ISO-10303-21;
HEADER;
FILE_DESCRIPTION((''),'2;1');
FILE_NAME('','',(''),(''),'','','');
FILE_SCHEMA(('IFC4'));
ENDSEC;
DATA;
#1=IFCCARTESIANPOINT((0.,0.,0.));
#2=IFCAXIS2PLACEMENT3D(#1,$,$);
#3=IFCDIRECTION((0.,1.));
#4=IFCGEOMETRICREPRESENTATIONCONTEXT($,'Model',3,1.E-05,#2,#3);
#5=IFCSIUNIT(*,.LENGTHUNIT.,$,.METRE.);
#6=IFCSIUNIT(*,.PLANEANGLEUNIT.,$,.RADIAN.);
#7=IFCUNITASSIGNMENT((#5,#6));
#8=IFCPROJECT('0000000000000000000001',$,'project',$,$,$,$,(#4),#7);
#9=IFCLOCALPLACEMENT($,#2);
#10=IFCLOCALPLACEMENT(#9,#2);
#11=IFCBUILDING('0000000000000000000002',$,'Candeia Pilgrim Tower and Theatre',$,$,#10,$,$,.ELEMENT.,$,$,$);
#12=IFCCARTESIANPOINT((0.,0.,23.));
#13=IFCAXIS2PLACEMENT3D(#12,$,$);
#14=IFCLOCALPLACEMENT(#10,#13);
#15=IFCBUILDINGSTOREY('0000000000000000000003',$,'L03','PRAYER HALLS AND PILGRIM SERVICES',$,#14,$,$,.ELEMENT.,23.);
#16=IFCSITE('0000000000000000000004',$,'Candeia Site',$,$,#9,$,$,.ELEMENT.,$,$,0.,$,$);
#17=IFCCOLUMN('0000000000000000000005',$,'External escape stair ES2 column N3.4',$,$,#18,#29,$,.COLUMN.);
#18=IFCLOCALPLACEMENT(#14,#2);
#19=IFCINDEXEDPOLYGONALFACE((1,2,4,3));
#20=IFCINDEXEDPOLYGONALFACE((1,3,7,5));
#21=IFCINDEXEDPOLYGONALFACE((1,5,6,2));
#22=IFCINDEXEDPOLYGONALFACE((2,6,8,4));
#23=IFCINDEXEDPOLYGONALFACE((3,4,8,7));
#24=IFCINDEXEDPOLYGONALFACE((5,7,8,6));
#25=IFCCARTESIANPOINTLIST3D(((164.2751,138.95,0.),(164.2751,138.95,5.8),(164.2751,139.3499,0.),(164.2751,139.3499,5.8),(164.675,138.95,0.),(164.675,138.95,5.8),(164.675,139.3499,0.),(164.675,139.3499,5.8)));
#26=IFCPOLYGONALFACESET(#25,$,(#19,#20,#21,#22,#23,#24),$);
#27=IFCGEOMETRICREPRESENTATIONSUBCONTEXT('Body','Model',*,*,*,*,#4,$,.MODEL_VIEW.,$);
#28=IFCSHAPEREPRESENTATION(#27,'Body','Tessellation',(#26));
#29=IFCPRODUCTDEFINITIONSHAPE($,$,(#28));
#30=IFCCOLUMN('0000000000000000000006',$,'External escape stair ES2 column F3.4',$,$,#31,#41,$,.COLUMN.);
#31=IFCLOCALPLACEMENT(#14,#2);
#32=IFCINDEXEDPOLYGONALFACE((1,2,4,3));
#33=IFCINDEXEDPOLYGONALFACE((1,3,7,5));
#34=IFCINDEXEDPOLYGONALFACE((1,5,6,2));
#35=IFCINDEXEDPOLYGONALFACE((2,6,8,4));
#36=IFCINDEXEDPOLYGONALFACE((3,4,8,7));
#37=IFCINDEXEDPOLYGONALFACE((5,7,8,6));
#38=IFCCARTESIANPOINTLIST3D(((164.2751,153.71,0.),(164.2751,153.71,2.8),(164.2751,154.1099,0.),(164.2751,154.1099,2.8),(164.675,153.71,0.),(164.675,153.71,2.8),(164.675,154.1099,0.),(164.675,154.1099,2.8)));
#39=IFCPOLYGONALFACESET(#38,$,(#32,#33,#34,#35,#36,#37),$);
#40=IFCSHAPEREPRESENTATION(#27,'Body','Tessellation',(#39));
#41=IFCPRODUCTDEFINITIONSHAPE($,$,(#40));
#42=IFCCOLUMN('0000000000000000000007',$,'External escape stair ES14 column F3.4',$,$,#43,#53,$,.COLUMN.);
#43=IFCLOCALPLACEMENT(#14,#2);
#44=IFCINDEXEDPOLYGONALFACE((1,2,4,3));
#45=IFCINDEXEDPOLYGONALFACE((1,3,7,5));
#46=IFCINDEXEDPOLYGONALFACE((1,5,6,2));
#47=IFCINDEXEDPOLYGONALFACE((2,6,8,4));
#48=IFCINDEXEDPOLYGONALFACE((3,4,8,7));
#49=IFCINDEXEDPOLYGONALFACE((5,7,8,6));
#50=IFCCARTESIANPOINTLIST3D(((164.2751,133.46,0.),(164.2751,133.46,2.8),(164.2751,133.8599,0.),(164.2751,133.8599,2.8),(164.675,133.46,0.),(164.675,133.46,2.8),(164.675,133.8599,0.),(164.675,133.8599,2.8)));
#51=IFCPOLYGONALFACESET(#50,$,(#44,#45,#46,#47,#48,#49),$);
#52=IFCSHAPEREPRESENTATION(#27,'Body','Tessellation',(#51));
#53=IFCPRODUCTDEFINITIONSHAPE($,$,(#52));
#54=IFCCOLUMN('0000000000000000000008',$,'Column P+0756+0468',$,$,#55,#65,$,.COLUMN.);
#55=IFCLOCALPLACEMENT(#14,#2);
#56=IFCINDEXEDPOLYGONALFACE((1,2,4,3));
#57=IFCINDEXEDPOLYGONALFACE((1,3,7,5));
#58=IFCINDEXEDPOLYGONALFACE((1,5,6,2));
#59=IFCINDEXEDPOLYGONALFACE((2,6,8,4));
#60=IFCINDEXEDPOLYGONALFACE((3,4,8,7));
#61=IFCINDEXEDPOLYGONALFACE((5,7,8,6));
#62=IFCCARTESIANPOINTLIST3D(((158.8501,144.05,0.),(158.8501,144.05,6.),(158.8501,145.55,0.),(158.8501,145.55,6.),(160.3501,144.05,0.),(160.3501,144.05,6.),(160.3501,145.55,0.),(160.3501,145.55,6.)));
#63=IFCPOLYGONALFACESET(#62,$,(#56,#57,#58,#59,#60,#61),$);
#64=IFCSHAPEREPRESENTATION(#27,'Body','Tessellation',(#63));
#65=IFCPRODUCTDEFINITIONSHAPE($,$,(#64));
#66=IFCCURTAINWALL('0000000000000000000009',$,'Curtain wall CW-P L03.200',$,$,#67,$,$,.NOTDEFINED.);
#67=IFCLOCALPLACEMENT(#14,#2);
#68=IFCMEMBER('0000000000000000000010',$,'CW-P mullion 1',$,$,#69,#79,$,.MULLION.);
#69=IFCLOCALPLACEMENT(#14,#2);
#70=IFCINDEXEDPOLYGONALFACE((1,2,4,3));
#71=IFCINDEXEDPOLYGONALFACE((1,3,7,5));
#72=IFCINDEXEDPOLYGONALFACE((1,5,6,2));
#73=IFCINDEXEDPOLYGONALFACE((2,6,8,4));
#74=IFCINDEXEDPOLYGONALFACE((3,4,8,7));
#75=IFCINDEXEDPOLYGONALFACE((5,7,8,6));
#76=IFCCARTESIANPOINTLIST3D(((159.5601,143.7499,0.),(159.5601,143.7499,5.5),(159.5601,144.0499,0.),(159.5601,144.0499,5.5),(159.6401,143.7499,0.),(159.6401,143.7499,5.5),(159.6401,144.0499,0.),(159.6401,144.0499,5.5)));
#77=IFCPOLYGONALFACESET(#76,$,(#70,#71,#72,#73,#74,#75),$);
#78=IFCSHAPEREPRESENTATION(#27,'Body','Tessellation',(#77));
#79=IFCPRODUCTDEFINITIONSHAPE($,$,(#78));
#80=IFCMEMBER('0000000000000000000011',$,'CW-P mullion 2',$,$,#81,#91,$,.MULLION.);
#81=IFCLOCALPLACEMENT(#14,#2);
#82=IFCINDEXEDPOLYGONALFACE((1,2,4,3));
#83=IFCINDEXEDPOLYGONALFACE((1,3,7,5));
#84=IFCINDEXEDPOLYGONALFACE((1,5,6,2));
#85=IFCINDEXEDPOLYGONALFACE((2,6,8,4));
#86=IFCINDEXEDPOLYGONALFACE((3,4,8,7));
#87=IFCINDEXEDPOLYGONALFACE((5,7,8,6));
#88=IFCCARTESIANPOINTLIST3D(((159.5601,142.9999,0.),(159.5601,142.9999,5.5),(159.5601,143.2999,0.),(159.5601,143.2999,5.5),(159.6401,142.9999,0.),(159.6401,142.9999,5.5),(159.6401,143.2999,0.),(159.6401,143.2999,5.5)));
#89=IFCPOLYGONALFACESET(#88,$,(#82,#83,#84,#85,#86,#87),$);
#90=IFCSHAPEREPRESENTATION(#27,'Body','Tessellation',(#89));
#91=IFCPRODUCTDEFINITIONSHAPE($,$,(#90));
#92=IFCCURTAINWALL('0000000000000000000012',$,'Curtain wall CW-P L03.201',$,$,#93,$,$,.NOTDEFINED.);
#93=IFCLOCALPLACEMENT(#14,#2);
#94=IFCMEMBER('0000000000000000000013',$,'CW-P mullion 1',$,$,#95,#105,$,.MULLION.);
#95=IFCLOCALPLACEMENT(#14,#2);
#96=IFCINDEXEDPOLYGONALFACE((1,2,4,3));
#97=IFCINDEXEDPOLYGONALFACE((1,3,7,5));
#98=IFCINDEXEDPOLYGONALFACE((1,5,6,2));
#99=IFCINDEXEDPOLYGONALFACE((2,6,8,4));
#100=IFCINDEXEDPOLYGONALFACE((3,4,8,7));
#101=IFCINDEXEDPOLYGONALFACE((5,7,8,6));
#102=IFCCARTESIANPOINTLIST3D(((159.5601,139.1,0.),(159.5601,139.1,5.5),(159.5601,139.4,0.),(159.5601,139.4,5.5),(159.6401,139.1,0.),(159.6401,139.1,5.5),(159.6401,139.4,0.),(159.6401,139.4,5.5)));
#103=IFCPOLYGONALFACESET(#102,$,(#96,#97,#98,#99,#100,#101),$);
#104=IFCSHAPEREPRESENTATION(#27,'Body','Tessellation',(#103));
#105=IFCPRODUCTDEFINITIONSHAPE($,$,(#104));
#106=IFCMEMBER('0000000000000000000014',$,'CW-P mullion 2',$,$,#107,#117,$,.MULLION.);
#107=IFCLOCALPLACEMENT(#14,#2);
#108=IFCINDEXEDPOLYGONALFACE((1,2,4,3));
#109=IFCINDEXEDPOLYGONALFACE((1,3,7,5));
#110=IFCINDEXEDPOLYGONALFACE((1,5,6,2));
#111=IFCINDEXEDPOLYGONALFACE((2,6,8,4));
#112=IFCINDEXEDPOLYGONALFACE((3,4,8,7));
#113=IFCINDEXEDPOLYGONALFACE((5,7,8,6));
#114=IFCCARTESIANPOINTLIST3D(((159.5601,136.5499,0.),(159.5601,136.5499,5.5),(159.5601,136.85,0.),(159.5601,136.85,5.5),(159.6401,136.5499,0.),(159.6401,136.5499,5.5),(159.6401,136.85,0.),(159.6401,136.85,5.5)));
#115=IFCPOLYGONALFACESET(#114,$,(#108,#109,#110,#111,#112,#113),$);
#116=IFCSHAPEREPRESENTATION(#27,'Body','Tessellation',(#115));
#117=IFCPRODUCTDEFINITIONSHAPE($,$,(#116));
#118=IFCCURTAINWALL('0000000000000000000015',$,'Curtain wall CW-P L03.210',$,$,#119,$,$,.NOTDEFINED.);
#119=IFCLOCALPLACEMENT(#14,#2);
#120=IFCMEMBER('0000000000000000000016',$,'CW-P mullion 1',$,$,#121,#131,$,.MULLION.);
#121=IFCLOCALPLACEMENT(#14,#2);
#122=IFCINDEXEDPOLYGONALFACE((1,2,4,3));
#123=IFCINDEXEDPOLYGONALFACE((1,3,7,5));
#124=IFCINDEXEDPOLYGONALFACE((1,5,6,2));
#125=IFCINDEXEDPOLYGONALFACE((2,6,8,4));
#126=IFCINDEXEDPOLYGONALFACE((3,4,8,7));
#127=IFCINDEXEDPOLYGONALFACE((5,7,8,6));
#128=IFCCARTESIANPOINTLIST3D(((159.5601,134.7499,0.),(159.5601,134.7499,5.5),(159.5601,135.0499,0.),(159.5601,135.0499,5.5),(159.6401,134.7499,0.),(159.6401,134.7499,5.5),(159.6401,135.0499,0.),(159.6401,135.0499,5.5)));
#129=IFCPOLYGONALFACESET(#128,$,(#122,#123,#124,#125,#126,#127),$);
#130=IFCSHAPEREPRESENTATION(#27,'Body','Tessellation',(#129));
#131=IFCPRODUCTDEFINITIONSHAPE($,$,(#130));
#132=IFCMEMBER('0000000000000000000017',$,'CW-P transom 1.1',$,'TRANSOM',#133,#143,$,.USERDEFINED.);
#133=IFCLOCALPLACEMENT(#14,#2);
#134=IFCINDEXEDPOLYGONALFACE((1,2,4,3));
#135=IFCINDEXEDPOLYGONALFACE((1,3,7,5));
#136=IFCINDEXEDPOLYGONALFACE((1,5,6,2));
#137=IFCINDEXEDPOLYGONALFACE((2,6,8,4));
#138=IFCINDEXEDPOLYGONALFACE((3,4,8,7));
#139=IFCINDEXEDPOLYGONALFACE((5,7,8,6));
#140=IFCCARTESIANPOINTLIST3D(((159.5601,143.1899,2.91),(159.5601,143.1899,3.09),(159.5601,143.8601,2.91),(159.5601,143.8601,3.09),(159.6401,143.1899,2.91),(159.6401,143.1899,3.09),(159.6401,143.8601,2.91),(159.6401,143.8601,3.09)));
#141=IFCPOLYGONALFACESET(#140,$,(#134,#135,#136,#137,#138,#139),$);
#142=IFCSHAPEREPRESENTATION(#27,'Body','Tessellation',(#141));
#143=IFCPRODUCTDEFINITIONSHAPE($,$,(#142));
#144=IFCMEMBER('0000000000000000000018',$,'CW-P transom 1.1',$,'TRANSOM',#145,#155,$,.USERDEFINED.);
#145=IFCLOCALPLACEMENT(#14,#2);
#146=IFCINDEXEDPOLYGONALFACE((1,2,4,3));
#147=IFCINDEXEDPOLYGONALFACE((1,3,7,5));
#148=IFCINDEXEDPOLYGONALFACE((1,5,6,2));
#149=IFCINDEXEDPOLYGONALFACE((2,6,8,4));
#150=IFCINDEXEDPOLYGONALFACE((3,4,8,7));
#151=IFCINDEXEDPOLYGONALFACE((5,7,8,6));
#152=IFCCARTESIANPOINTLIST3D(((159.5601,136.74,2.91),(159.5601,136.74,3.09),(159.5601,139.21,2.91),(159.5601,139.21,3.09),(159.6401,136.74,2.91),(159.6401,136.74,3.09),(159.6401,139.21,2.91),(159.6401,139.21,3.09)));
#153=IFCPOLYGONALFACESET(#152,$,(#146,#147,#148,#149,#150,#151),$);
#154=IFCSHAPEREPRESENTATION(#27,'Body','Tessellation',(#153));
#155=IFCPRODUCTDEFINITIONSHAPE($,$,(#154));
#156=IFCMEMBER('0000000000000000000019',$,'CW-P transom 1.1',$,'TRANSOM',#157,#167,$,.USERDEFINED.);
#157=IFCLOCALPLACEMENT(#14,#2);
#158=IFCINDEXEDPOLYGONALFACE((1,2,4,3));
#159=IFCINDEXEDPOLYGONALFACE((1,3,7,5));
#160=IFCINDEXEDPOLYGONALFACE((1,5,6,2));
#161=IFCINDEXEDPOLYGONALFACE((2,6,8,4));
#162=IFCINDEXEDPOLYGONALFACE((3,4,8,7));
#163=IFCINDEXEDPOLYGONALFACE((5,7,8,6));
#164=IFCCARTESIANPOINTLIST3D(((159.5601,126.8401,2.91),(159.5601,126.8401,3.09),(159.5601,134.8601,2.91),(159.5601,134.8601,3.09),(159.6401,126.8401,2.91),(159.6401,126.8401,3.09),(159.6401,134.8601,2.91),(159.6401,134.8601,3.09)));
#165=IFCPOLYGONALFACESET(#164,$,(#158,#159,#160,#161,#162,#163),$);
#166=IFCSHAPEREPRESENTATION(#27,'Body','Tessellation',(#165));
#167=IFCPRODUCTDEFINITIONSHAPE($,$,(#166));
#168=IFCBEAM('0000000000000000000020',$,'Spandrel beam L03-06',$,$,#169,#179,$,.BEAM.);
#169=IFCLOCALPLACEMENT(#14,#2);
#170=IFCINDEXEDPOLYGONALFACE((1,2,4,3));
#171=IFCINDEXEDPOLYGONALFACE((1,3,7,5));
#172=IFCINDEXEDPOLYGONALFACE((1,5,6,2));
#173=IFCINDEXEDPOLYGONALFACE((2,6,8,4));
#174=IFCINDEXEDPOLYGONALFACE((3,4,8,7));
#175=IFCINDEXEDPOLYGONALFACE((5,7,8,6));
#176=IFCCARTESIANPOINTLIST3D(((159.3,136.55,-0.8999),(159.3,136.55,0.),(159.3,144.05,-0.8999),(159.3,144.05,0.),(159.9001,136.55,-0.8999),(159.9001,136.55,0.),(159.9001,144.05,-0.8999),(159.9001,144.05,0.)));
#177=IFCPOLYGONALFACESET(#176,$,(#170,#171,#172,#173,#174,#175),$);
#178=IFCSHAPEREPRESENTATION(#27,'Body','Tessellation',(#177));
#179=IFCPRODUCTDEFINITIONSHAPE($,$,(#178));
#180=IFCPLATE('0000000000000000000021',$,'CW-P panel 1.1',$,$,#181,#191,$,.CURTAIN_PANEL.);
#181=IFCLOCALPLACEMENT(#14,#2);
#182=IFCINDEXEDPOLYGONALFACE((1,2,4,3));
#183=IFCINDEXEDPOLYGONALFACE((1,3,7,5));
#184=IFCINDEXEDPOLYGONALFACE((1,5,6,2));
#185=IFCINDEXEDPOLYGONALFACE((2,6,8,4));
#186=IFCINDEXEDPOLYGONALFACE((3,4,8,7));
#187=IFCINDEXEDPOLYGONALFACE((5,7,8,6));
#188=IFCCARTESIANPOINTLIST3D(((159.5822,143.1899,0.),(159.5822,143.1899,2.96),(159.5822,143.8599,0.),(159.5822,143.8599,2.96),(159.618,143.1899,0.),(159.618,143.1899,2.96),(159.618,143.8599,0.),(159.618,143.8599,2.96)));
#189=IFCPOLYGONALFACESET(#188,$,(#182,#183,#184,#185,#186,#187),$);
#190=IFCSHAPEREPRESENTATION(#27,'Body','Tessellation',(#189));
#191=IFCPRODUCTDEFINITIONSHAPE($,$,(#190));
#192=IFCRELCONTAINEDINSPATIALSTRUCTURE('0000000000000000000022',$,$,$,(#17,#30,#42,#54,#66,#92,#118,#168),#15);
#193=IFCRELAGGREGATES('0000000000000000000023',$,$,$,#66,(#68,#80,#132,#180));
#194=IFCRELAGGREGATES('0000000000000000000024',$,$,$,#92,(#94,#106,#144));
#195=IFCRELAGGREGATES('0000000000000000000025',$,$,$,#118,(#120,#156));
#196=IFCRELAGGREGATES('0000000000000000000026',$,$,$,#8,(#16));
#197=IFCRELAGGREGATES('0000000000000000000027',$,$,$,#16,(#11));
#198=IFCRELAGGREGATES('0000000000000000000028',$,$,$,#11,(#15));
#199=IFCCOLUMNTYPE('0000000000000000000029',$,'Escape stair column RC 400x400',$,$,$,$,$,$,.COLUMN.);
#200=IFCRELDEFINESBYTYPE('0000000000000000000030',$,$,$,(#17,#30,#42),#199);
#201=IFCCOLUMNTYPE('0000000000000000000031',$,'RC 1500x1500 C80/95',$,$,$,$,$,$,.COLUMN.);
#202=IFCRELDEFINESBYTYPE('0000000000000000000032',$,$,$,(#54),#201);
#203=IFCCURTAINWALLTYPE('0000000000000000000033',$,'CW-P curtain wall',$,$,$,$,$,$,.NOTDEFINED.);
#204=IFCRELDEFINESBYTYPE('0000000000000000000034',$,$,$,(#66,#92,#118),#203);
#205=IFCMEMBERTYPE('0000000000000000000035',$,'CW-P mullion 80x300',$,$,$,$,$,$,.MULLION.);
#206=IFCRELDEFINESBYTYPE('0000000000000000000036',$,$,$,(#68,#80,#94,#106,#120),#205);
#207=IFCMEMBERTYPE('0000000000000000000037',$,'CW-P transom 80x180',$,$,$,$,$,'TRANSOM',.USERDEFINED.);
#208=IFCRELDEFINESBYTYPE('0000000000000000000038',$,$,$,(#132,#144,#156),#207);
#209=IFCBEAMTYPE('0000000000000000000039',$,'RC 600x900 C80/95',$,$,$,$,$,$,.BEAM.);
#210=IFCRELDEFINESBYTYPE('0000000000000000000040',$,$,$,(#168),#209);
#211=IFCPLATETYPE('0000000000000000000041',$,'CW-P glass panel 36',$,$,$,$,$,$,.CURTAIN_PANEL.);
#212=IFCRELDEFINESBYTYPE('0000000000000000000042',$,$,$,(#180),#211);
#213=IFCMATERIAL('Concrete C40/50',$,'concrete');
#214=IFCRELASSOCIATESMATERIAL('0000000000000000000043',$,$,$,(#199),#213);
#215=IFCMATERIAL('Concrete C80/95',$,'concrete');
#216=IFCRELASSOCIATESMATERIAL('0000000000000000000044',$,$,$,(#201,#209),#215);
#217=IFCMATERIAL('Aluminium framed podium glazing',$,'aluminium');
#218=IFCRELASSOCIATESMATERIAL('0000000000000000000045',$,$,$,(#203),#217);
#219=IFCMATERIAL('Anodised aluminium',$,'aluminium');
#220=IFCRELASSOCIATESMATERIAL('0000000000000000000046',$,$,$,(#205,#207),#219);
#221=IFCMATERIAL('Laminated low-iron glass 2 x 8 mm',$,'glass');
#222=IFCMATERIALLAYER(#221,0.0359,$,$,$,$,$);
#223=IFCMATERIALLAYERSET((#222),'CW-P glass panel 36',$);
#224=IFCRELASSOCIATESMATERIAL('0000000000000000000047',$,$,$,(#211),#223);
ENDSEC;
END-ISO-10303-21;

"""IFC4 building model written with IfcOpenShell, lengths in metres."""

from ifc_helpers import new_model, si_unit, direction, frame, origin, origin_2d, place, context, subcontext, project, spatial, rectangle, extrude, material, layer, layer_set, material_profile, profile_set, type_object, element, aggregate, save


model = new_model("IFC4")

# Units and contexts
model_context = context("Model", 3, precision=1e-05, world=origin(), true_north=direction((0.0, 1.0)))
body_context = subcontext(model_context, "Body", "Model", "MODEL_VIEW")
ifc_project = project(units=[si_unit("LENGTHUNIT", "METRE"), si_unit("PLANEANGLEUNIT", "RADIAN")], contexts=[model_context])

# Site, building, storey
site_placement = place(None, origin())
site = spatial("IfcSite", under=ifc_project, at=site_placement, Name="Candeia Site", CompositionType="ELEMENT", RefElevation=0.0)
building_placement = place(site_placement, origin())
building = spatial("IfcBuilding", under=site, at=building_placement, Name="Candeia Pilgrim Tower and Theatre", CompositionType="ELEMENT")
storey_placement = place(building_placement, frame((0.0, 0.0, 23.0)))
storey = spatial("IfcBuildingStorey", under=building, at=storey_placement, Name="L03", Description="PRAYER HALLS AND PILGRIM SERVICES", CompositionType="ELEMENT", Elevation=23.0)

# Columns
ifc_material_1 = material(Name="Concrete C40/50", Category="concrete")
ifc_material_profile_1 = material_profile(ifc_material_1, rectangle(XDim=0.3999, YDim=0.3999, at=origin_2d()))
ifc_profile_set_1 = profile_set([ifc_material_profile_1], Name="Concrete C40/50")
column_type_1 = type_object("IfcColumnType", Name="Escape stair column RC 400x400", PredefinedType="COLUMN", material=ifc_profile_set_1)
column_1_placement = place(storey_placement, frame((164.4751, 139.1499, 0.0), z_axis=(0.0, 0.0, 1.0), x_axis=(1.0, 0.0, 0.0)))
element("IfcColumn", 1, at=column_1_placement, inside=storey, type_object=column_type_1, Name="External escape stair ES2 column N3.4", PredefinedType="COLUMN", context=body_context, shape_type="SweptSolid", body=[
    extrude(rectangle(XDim=0.3999, YDim=0.3999, at=origin_2d()), origin(), (0.0, 0.0, 1.0), 5.8),
])
for number, where, z_axis, x_axis, name in (
    (2, (164.4751, 153.9099, 0.0), (0.0, 0.0, 1.0), (1.0, 0.0, 0.0), "External escape stair ES2 column F3.4"),
    (3, (164.4751, 133.6599, 0.0), (0.0, 0.0, 1.0), (1.0, 0.0, 0.0), "External escape stair ES14 column F3.4"),
):
    element("IfcColumn", number, at=place(storey_placement, frame(where, z_axis=z_axis, x_axis=x_axis)), inside=storey, type_object=column_type_1, Name=name, PredefinedType="COLUMN", context=body_context, shape_type="SweptSolid", body=[
        extrude(rectangle(XDim=0.3999, YDim=0.3999, at=origin_2d()), origin(), (0.0, 0.0, 1.0), 2.8),
    ])
ifc_material_2 = material(Name="Concrete C80/95", Category="concrete")
ifc_material_profile_2 = material_profile(ifc_material_2, rectangle(XDim=1.5, YDim=1.5, at=origin_2d()))
ifc_profile_set_2 = profile_set([ifc_material_profile_2], Name="Concrete C80/95")
column_type_2 = type_object("IfcColumnType", Name="RC 1500x1500 C80/95", PredefinedType="COLUMN", material=ifc_profile_set_2)
column_2_placement = place(storey_placement, frame((159.6001, 144.8, 0.0), z_axis=(0.0, 0.0, 1.0), x_axis=(1.0, 0.0, 0.0)))
element("IfcColumn", 4, at=column_2_placement, inside=storey, type_object=column_type_2, Name="Column P+0756+0468", PredefinedType="COLUMN", context=body_context, shape_type="SweptSolid", body=[
    extrude(rectangle(XDim=1.5, YDim=1.5, at=origin_2d()), origin(), (0.0, 0.0, 1.0), 6.0),
])

# Curtain walls, members
ifc_material_3 = material(Name="Aluminium framed podium glazing", Category="aluminium")
curtain_wall_type = type_object("IfcCurtainWallType", Name="CW-P curtain wall", PredefinedType="NOTDEFINED", material=ifc_material_3)
curtain_wall_1_placement = place(storey_placement, origin())
curtain_wall_1 = element("IfcCurtainWall", 5, at=curtain_wall_1_placement, inside=storey, type_object=curtain_wall_type, Name="Curtain wall CW-P L03.200", PredefinedType="NOTDEFINED")
ifc_material_4 = material(Name="Anodised aluminium", Category="aluminium")
ifc_material_profile_3 = material_profile(ifc_material_4, rectangle(XDim=0.0801, YDim=0.3, at=origin_2d()))
ifc_profile_set_3 = profile_set([ifc_material_profile_3], Name="Anodised aluminium")
member_type_1 = type_object("IfcMemberType", Name="CW-P mullion 80x300", PredefinedType="MULLION", material=ifc_profile_set_3)
member_1_placement = place(storey_placement, frame((159.6001, 143.8999, 0.0), z_axis=(0.0, 0.0, 1.0), x_axis=(1.0, 0.0, 0.0)))
member_1 = element("IfcMember", 6, at=member_1_placement, type_object=member_type_1, Name="CW-P mullion 1", PredefinedType="MULLION", context=body_context, shape_type="SweptSolid", body=[
    extrude(rectangle(XDim=0.0801, YDim=0.3, at=origin_2d()), origin(), (0.0, 0.0, 1.0), 5.5),
])
member_2_placement = place(storey_placement, frame((159.6001, 143.1499, 0.0), z_axis=(0.0, 0.0, 1.0), x_axis=(1.0, 0.0, 0.0)))
member_2 = element("IfcMember", 7, at=member_2_placement, type_object=member_type_1, Name="CW-P mullion 2", PredefinedType="MULLION", context=body_context, shape_type="SweptSolid", body=[
    extrude(rectangle(XDim=0.0801, YDim=0.3, at=origin_2d()), origin(), (0.0, 0.0, 1.0), 5.5),
])
curtain_wall_2_placement = place(storey_placement, origin())
curtain_wall_2 = element("IfcCurtainWall", 8, at=curtain_wall_2_placement, inside=storey, type_object=curtain_wall_type, Name="Curtain wall CW-P L03.201", PredefinedType="NOTDEFINED")
member_3_placement = place(storey_placement, frame((159.6001, 139.25, 0.0), z_axis=(0.0, 0.0, 1.0), x_axis=(1.0, 0.0, 0.0)))
member_3 = element("IfcMember", 9, at=member_3_placement, type_object=member_type_1, Name="CW-P mullion 1", PredefinedType="MULLION", context=body_context, shape_type="SweptSolid", body=[
    extrude(rectangle(XDim=0.0801, YDim=0.3, at=origin_2d()), origin(), (0.0, 0.0, 1.0), 5.5),
])
member_4_placement = place(storey_placement, frame((159.6001, 136.7, 0.0), z_axis=(0.0, 0.0, 1.0), x_axis=(1.0, 0.0, 0.0)))
member_4 = element("IfcMember", 10, at=member_4_placement, type_object=member_type_1, Name="CW-P mullion 2", PredefinedType="MULLION", context=body_context, shape_type="SweptSolid", body=[
    extrude(rectangle(XDim=0.0801, YDim=0.3, at=origin_2d()), origin(), (0.0, 0.0, 1.0), 5.5),
])

# Curtain wall, member
curtain_wall_3_placement = place(storey_placement, origin())
curtain_wall_3 = element("IfcCurtainWall", 11, at=curtain_wall_3_placement, inside=storey, type_object=curtain_wall_type, Name="Curtain wall CW-P L03.210", PredefinedType="NOTDEFINED")
member_5_placement = place(storey_placement, frame((159.6001, 134.8999, 0.0), z_axis=(0.0, 0.0, 1.0), x_axis=(1.0, 0.0, 0.0)))
member_5 = element("IfcMember", 12, at=member_5_placement, type_object=member_type_1, Name="CW-P mullion 1", PredefinedType="MULLION", context=body_context, shape_type="SweptSolid", body=[
    extrude(rectangle(XDim=0.0801, YDim=0.3, at=origin_2d()), origin(), (0.0, 0.0, 1.0), 5.5),
])

# Members
ifc_material_profile_4 = material_profile(ifc_material_4, rectangle(XDim=0.0801, YDim=0.1799, at=origin_2d()))
ifc_profile_set_4 = profile_set([ifc_material_profile_4], Name="Anodised aluminium")
member_type_2 = type_object("IfcMemberType", Name="CW-P transom 80x180", ElementType="TRANSOM", PredefinedType="USERDEFINED", material=ifc_profile_set_4)
member_6_placement = place(storey_placement, frame((159.6001, 143.8601, 3.0), z_axis=(0.0, -1.0, 0.0), x_axis=(1.0, 0.0, 0.0)))
member_6 = element("IfcMember", 13, at=member_6_placement, type_object=member_type_2, Name="CW-P transom 1.1", ObjectType="TRANSOM", PredefinedType="USERDEFINED", context=body_context, shape_type="SweptSolid", body=[
    extrude(rectangle(XDim=0.0801, YDim=0.1799, at=origin_2d()), origin(), (0.0, 0.0, 1.0), 0.6702),
])
member_7_placement = place(storey_placement, frame((159.6001, 139.21, 3.0), z_axis=(0.0, -1.0, 0.0), x_axis=(1.0, 0.0, 0.0)))
member_7 = element("IfcMember", 14, at=member_7_placement, type_object=member_type_2, Name="CW-P transom 1.1", ObjectType="TRANSOM", PredefinedType="USERDEFINED", context=body_context, shape_type="SweptSolid", body=[
    extrude(rectangle(XDim=0.0801, YDim=0.1799, at=origin_2d()), origin(), (0.0, 0.0, 1.0), 2.47),
])
member_8_placement = place(storey_placement, frame((159.6001, 134.8601, 3.0), z_axis=(0.0, -1.0, 0.0), x_axis=(1.0, 0.0, 0.0)))
member_8 = element("IfcMember", 15, at=member_8_placement, type_object=member_type_2, Name="CW-P transom 1.1", ObjectType="TRANSOM", PredefinedType="USERDEFINED", context=body_context, shape_type="SweptSolid", body=[
    extrude(rectangle(XDim=0.0801, YDim=0.1799, at=origin_2d()), origin(), (0.0, 0.0, 1.0), 8.02),
])

# Beam
ifc_material_profile_5 = material_profile(ifc_material_2, rectangle(XDim=0.6001, YDim=0.8999, at=origin_2d()))
ifc_profile_set_5 = profile_set([ifc_material_profile_5], Name="Concrete C80/95")
beam_type = type_object("IfcBeamType", Name="RC 600x900 C80/95", PredefinedType="BEAM", material=ifc_profile_set_5)
beam_placement = place(storey_placement, frame((159.6001, 136.55, -0.45), z_axis=(0.0, 1.0, 0.0), x_axis=(-1.0, 0.0, 0.0)))
element("IfcBeam", 16, at=beam_placement, inside=storey, type_object=beam_type, Name="Spandrel beam L03-06", PredefinedType="BEAM", context=body_context, shape_type="SweptSolid", body=[
    extrude(rectangle(XDim=0.6001, YDim=0.8999, at=origin_2d()), origin(), (0.0, 0.0, 1.0), 7.5),
])

# Plate
ifc_material_5 = material(Name="Laminated low-iron glass 2 x 8 mm", Category="glass")
ifc_layer_1 = layer(ifc_material_5, 0.0359)
ifc_layer_set_1 = layer_set([ifc_layer_1], Name="CW-P glass panel 36")
plate_type = type_object("IfcPlateType", Name="CW-P glass panel 36", PredefinedType="CURTAIN_PANEL", material=ifc_layer_set_1)
plate_1_placement = place(storey_placement, frame((159.6001, 143.5249, 0.0), z_axis=(0.0, 0.0, 1.0), x_axis=(0.0, -1.0, 0.0)))
plate_1 = element("IfcPlate", 17, at=plate_1_placement, type_object=plate_type, Name="CW-P panel 1.1", PredefinedType="CURTAIN_PANEL", context=body_context, shape_type="SweptSolid", body=[
    extrude(rectangle(XDim=0.6699, YDim=0.0359, at=origin_2d()), origin(), (0.0, 0.0, 1.0), 2.96),
])
aggregate(curtain_wall_1, [member_1, member_2, member_6, plate_1])
aggregate(curtain_wall_2, [member_3, member_4, member_7])
aggregate(curtain_wall_3, [member_5, member_8])

save(model, "model.ifc")
